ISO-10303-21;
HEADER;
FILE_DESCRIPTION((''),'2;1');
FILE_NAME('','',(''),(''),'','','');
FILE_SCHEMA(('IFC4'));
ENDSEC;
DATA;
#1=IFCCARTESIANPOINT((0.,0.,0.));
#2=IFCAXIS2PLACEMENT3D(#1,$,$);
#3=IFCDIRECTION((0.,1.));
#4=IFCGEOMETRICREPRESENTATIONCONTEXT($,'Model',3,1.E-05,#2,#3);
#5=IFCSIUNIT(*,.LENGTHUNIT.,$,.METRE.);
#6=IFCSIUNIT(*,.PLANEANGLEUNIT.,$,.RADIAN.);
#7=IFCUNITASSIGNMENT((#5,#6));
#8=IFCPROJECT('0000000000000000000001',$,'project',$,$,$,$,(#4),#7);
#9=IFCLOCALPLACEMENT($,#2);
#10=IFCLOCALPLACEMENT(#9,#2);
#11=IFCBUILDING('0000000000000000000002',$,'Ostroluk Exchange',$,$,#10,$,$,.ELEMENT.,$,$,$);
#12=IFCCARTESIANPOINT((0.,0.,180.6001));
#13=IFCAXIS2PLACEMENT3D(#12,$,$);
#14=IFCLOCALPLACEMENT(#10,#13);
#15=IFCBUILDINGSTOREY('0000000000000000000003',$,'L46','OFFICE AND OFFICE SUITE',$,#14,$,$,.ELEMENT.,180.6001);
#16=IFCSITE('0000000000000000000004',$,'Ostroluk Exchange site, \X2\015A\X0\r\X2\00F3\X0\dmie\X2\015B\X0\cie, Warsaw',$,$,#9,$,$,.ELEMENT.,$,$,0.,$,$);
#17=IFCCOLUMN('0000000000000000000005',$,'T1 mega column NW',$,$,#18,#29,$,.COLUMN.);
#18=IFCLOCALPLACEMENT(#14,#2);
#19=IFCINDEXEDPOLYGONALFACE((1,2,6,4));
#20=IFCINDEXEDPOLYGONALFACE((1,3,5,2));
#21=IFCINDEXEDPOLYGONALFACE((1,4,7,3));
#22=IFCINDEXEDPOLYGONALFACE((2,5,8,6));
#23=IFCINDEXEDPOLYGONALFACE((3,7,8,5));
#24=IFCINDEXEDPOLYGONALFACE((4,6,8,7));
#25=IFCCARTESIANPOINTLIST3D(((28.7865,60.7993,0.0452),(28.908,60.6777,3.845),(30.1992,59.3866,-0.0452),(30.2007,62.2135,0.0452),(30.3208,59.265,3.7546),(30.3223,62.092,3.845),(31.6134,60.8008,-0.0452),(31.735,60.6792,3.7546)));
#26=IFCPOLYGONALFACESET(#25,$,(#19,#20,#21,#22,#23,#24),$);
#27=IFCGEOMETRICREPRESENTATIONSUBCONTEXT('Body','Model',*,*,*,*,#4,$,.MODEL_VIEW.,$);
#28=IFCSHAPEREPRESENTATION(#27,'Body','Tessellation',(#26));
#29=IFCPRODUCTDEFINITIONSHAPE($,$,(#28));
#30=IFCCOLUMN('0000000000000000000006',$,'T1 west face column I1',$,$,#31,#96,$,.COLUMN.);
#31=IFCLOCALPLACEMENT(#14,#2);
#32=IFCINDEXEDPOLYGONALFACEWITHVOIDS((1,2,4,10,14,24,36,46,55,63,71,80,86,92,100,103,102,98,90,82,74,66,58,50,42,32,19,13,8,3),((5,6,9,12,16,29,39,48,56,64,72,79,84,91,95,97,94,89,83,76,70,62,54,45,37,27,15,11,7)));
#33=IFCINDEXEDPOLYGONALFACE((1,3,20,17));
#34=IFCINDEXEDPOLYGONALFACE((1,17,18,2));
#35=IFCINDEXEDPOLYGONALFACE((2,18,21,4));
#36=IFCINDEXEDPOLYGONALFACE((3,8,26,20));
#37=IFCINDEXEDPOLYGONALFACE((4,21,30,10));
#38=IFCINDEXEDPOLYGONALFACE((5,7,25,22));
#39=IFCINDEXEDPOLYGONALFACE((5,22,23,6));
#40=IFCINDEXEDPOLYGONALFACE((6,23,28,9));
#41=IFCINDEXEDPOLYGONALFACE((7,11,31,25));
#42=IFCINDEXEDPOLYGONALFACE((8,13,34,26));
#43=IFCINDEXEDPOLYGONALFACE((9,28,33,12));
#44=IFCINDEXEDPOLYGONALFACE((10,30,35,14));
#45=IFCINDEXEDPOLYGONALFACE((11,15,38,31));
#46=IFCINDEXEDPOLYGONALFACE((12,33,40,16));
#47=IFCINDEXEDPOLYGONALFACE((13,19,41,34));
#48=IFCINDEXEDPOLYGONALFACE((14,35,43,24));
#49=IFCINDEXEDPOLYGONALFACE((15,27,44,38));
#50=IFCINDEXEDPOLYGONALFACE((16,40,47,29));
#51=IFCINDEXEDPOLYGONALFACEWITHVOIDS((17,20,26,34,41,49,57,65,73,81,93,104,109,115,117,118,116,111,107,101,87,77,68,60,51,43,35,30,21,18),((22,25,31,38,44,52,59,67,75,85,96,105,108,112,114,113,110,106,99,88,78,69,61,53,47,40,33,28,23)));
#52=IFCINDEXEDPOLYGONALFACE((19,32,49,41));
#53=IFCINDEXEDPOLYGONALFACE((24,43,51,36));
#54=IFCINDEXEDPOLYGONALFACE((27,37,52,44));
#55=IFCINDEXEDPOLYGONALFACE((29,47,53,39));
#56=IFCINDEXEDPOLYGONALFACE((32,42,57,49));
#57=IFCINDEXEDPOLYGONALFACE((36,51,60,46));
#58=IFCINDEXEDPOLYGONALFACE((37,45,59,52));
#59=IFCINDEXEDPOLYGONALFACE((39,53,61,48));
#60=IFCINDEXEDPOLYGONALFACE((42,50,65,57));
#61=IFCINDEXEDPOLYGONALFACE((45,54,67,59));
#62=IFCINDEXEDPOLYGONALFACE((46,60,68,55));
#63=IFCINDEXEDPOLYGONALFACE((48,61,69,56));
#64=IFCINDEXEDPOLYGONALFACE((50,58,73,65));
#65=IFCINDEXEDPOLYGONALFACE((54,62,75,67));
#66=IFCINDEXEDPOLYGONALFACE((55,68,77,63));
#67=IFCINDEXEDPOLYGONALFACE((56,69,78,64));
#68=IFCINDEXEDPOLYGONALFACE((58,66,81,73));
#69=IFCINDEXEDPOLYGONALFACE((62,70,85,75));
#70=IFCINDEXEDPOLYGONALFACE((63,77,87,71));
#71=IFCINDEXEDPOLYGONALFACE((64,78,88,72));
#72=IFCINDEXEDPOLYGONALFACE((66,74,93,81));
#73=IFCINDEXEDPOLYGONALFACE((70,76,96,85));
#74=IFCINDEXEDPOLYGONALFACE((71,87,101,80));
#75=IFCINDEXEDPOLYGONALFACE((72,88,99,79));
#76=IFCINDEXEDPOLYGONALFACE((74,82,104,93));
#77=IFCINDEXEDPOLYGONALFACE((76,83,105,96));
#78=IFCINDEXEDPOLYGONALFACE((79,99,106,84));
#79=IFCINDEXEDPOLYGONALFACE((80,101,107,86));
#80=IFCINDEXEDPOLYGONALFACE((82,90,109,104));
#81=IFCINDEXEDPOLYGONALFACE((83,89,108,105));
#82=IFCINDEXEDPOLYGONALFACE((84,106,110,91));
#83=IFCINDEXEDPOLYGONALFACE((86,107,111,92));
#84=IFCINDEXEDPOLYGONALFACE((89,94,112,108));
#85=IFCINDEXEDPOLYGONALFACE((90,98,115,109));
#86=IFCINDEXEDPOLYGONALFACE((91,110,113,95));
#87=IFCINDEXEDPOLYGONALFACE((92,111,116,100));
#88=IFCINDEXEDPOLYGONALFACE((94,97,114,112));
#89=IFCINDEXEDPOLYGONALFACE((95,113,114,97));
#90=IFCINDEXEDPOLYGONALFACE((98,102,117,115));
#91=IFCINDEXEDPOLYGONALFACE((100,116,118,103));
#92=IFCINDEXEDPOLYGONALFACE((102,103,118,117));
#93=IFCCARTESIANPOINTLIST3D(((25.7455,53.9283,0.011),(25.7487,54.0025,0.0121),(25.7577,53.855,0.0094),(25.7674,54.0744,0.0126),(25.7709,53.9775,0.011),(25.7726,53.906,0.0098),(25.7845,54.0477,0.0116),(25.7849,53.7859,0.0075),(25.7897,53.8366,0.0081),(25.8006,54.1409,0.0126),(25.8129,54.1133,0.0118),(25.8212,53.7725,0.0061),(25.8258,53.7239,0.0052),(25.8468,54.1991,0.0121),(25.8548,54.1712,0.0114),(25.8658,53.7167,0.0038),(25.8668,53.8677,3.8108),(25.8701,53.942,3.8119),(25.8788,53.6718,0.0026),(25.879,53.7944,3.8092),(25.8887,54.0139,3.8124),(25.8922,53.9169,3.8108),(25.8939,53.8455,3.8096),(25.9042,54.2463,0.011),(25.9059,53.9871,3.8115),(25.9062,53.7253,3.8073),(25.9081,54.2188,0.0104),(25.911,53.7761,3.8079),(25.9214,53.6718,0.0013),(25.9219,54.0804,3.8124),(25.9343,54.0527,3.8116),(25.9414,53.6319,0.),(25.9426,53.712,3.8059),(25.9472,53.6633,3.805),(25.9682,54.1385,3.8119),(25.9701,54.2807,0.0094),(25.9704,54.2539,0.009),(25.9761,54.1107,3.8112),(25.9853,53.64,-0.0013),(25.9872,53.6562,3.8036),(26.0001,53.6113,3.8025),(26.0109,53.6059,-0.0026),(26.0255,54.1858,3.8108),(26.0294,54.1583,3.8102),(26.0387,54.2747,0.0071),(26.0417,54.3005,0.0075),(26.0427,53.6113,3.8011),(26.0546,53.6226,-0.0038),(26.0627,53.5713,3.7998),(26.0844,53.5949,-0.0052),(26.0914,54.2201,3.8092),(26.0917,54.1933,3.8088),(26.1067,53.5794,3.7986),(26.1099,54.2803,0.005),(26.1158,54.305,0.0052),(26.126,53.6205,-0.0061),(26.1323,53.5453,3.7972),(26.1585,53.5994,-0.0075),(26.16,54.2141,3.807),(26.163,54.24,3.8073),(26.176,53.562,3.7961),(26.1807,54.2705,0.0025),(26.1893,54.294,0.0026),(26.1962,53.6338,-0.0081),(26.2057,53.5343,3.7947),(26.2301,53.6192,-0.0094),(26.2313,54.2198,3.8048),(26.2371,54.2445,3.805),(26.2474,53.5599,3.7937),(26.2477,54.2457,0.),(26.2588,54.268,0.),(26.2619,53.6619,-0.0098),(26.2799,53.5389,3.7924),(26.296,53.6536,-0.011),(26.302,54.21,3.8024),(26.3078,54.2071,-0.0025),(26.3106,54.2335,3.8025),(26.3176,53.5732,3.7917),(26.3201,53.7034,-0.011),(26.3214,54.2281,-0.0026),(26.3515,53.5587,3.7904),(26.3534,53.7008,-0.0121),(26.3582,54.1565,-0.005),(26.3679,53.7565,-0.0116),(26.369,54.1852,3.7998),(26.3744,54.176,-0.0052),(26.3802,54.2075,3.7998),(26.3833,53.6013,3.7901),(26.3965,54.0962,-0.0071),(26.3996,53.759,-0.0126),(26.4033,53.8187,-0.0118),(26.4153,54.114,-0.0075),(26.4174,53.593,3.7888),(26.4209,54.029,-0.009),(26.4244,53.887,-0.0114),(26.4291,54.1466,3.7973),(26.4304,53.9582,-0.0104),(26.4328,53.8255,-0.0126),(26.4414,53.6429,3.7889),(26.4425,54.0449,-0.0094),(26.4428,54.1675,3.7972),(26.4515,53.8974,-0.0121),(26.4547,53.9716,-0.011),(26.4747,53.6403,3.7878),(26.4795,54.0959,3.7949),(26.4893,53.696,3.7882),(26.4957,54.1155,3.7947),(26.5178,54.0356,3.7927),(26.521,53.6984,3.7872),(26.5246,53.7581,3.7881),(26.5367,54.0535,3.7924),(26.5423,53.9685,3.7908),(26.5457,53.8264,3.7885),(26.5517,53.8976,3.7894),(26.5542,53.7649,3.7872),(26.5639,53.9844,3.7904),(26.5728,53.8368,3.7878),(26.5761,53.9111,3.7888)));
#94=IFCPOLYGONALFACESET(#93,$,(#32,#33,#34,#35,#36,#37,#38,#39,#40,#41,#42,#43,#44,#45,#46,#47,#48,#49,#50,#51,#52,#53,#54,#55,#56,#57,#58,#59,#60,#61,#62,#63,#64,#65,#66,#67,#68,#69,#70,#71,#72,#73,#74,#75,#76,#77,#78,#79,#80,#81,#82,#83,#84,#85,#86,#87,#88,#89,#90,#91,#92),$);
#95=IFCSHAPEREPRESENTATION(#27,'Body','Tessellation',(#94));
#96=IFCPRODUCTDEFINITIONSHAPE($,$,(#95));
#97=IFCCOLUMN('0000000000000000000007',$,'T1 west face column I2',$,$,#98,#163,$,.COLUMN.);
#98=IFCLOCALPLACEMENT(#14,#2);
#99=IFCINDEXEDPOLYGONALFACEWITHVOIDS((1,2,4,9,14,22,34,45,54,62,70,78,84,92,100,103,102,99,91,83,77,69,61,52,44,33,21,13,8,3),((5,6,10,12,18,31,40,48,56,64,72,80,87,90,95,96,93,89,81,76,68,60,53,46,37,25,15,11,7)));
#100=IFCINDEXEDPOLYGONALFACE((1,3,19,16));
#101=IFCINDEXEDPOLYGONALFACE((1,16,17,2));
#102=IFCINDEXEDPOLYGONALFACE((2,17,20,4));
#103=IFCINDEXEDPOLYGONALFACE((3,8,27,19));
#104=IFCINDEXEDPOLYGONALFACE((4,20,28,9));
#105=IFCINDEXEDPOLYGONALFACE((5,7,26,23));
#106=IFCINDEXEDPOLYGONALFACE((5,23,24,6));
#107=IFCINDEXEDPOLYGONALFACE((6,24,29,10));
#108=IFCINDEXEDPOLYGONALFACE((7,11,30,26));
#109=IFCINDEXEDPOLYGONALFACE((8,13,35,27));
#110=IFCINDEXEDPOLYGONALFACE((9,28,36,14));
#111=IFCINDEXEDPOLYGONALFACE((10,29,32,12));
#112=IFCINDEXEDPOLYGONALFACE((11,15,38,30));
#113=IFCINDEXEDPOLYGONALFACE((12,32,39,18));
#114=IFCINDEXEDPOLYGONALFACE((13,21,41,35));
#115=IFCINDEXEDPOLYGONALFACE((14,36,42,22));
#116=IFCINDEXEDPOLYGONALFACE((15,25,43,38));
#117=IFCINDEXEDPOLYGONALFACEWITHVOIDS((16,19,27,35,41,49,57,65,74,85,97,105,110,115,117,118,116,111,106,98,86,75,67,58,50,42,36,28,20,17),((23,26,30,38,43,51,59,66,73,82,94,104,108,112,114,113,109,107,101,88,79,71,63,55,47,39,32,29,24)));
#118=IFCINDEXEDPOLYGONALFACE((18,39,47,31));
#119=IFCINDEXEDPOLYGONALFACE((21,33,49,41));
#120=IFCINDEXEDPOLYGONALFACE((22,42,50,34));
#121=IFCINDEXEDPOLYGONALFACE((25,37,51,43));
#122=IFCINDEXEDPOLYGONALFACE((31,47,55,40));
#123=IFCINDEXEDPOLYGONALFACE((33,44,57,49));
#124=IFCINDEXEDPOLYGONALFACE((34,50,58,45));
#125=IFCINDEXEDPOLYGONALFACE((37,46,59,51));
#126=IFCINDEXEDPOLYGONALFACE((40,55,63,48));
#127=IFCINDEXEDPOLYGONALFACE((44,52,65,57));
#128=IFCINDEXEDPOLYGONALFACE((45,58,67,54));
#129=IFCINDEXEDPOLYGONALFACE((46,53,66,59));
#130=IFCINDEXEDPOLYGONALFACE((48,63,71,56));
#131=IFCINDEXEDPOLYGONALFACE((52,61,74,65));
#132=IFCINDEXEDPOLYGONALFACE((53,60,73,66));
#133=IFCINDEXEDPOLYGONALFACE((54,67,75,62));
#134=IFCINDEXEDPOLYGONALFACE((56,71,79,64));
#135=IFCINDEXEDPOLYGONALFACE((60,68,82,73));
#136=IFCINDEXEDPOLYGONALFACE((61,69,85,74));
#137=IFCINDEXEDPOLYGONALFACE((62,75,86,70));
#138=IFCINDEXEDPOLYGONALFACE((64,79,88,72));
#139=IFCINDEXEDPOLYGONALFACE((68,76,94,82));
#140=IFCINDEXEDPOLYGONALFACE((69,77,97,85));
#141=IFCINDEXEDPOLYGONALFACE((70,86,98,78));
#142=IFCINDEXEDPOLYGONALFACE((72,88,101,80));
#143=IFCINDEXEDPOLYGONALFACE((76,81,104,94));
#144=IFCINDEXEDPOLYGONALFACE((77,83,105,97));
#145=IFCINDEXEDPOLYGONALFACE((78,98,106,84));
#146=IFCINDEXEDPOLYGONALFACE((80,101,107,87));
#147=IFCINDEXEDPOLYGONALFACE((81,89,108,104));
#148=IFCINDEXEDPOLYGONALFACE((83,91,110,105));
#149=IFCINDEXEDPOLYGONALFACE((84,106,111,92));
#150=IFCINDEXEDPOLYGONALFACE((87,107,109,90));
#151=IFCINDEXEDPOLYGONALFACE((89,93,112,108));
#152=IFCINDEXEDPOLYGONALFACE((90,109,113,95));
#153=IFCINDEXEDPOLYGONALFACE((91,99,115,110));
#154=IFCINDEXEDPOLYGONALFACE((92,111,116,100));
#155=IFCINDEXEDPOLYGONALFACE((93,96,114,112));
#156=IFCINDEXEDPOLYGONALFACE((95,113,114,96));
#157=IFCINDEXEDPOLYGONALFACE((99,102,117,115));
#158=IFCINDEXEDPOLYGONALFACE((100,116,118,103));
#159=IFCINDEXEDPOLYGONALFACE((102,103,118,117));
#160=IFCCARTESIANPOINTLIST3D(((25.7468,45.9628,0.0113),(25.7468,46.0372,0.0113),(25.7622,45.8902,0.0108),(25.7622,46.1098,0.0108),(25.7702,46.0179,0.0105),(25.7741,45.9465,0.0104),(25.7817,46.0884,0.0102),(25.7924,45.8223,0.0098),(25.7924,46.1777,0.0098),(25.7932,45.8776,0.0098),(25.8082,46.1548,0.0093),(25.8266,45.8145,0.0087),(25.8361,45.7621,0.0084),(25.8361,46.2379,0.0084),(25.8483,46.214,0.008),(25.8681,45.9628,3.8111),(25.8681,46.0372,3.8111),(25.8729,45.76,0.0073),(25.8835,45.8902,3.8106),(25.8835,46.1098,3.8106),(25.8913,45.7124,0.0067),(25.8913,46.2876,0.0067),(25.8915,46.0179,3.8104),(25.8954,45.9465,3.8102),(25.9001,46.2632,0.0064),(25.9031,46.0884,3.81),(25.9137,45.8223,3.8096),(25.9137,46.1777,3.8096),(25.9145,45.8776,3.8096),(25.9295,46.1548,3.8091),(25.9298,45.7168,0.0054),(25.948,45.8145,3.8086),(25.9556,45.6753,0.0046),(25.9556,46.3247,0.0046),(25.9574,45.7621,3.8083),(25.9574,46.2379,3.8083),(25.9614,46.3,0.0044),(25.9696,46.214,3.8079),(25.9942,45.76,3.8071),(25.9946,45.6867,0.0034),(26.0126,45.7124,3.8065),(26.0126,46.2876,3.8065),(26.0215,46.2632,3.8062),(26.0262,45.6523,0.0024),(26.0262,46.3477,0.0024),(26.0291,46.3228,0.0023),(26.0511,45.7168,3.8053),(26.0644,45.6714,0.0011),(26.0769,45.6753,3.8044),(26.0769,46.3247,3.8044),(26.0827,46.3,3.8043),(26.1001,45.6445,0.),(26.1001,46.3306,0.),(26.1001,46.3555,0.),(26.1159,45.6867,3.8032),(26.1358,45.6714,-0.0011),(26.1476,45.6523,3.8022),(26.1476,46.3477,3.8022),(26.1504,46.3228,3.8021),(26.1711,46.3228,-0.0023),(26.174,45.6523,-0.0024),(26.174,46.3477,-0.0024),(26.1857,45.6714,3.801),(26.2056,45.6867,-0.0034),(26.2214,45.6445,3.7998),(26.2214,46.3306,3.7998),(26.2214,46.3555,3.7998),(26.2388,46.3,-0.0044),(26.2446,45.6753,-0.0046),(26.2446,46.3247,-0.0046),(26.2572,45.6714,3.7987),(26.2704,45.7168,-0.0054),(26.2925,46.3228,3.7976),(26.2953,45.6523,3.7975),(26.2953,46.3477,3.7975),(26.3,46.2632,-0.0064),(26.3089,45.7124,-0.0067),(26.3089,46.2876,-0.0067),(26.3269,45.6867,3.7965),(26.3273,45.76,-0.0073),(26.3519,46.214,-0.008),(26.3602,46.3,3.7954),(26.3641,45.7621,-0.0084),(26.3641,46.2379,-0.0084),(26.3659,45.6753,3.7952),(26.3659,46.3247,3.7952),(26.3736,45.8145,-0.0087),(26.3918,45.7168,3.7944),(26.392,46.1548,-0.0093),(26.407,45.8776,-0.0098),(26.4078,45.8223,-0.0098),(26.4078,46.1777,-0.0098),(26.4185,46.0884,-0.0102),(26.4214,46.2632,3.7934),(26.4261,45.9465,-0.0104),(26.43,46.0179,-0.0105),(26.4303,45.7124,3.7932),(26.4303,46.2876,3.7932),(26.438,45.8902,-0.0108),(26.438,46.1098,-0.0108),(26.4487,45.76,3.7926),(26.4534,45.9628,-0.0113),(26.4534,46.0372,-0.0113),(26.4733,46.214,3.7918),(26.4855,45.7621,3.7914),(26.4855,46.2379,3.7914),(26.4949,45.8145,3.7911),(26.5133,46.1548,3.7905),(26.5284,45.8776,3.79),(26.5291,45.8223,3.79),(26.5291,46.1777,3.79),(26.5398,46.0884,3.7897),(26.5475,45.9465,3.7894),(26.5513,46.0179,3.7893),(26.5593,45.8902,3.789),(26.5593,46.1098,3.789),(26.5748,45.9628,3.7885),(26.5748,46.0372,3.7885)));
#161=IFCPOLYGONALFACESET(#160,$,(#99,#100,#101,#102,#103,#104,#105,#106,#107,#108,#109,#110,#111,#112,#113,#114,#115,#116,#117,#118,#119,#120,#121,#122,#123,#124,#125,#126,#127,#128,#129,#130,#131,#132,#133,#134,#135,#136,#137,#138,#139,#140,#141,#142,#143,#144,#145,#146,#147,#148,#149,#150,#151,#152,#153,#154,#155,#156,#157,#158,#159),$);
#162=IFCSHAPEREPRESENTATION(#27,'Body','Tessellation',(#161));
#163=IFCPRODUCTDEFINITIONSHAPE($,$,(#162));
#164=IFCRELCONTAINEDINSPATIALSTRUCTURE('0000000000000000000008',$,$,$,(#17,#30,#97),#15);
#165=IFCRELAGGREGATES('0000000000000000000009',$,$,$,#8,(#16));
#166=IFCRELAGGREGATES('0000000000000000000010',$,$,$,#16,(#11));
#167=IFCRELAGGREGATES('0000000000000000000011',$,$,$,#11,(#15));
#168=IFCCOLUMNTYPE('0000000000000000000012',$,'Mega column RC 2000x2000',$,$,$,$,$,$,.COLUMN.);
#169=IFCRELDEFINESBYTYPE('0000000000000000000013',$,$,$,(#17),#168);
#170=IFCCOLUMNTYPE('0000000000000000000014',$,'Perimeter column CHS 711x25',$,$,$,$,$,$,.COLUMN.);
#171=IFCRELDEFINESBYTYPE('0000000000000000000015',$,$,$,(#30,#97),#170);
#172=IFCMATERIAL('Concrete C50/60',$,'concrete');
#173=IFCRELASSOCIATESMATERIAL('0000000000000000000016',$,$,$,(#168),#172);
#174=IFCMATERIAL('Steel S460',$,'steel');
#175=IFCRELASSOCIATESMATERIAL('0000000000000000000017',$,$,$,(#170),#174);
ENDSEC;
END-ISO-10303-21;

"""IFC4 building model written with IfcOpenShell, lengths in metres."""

from ifc_helpers import new_model, si_unit, direction, frame, origin, origin_2d, place, context, subcontext, project, spatial, rectangle, hollow_circle, extrude, material, material_profile, profile_set, type_object, element, save


model = new_model("IFC4")

# Units and contexts
model_context = context("Model", 3, precision=1e-05, world=origin(), true_north=direction((0.0, 1.0)))
body_context = subcontext(model_context, "Body", "Model", "MODEL_VIEW")
ifc_project = project(units=[si_unit("LENGTHUNIT", "METRE"), si_unit("PLANEANGLEUNIT", "RADIAN")], contexts=[model_context])

# Site, building, storey
site_placement = place(None, origin())
site = spatial("IfcSite", under=ifc_project, at=site_placement, Name="Ostroluk Exchange site, Śródmieście, Warsaw", CompositionType="ELEMENT", RefElevation=0.0)
building_placement = place(site_placement, origin())
building = spatial("IfcBuilding", under=site, at=building_placement, Name="Ostroluk Exchange", CompositionType="ELEMENT")
storey_placement = place(building_placement, frame((0.0, 0.0, 180.6001)))
storey = spatial("IfcBuildingStorey", under=building, at=storey_placement, Name="L46", Description="OFFICE AND OFFICE SUITE", CompositionType="ELEMENT", Elevation=180.6001)

# Columns
ifc_material_1 = material(Name="Concrete C50/60", Category="concrete")
ifc_material_profile_1 = material_profile(ifc_material_1, rectangle(XDim=2.0, YDim=2.0, at=origin_2d()), Name="RC 2000x2000")
ifc_profile_set_1 = profile_set([ifc_material_profile_1], Name="Concrete C50/60")
column_type_1 = type_object("IfcColumnType", Name="Mega column RC 2000x2000", PredefinedType="COLUMN", material=ifc_profile_set_1)
column_1_placement = place(storey_placement, frame((30.2, 60.8, 0.0), z_axis=(0.031964, -0.031964, 0.998978), x_axis=(0.707107, 0.707107, 0.0)))
element("IfcColumn", 1, at=column_1_placement, inside=storey, type_object=column_type_1, Name="T1 mega column NW", PredefinedType="COLUMN", context=body_context, shape_type="SweptSolid", body=[
    extrude(rectangle(XDim=2.0, YDim=2.0, at=origin_2d()), origin(), (0.0, 0.0, 1.0), 3.8037),
])
ifc_material_2 = material(Name="Steel S460", Category="steel")
ifc_material_profile_2 = material_profile(ifc_material_2, hollow_circle(Radius=0.3555, WallThickness=0.0249, at=origin_2d()), Name="CHS 711x25")
ifc_profile_set_2 = profile_set([ifc_material_profile_2], Name="Steel S460")
column_type_2 = type_object("IfcColumnType", Name="Perimeter column CHS 711x25", PredefinedType="COLUMN", material=ifc_profile_set_2)
column_2_placement = place(storey_placement, frame((26.1001, 53.95, 0.0), z_axis=(0.031912, -0.015924, 0.999364), x_axis=(0.446493, 0.894787, 0.0)))
element("IfcColumn", 2, at=column_2_placement, inside=storey, type_object=column_type_2, Name="T1 west face column I1", PredefinedType="COLUMN", context=body_context, shape_type="SweptSolid", body=[
    extrude(hollow_circle(Radius=0.3555, WallThickness=0.0249, at=origin_2d()), origin(), (0.0, 0.0, 1.0), 3.8022),
])
column_3_placement = place(storey_placement, frame((26.1001, 46.0, 0.0), z_axis=(0.031916, 0.0, 0.999491), x_axis=(0.0, 1.0, 0.0)))
element("IfcColumn", 3, at=column_3_placement, inside=storey, type_object=column_type_2, Name="T1 west face column I2", PredefinedType="COLUMN", context=body_context, shape_type="SweptSolid", body=[
    extrude(hollow_circle(Radius=0.3555, WallThickness=0.0249, at=origin_2d()), origin(), (0.0, 0.0, 1.0), 3.8018),
])

save(model, "model.ifc")
